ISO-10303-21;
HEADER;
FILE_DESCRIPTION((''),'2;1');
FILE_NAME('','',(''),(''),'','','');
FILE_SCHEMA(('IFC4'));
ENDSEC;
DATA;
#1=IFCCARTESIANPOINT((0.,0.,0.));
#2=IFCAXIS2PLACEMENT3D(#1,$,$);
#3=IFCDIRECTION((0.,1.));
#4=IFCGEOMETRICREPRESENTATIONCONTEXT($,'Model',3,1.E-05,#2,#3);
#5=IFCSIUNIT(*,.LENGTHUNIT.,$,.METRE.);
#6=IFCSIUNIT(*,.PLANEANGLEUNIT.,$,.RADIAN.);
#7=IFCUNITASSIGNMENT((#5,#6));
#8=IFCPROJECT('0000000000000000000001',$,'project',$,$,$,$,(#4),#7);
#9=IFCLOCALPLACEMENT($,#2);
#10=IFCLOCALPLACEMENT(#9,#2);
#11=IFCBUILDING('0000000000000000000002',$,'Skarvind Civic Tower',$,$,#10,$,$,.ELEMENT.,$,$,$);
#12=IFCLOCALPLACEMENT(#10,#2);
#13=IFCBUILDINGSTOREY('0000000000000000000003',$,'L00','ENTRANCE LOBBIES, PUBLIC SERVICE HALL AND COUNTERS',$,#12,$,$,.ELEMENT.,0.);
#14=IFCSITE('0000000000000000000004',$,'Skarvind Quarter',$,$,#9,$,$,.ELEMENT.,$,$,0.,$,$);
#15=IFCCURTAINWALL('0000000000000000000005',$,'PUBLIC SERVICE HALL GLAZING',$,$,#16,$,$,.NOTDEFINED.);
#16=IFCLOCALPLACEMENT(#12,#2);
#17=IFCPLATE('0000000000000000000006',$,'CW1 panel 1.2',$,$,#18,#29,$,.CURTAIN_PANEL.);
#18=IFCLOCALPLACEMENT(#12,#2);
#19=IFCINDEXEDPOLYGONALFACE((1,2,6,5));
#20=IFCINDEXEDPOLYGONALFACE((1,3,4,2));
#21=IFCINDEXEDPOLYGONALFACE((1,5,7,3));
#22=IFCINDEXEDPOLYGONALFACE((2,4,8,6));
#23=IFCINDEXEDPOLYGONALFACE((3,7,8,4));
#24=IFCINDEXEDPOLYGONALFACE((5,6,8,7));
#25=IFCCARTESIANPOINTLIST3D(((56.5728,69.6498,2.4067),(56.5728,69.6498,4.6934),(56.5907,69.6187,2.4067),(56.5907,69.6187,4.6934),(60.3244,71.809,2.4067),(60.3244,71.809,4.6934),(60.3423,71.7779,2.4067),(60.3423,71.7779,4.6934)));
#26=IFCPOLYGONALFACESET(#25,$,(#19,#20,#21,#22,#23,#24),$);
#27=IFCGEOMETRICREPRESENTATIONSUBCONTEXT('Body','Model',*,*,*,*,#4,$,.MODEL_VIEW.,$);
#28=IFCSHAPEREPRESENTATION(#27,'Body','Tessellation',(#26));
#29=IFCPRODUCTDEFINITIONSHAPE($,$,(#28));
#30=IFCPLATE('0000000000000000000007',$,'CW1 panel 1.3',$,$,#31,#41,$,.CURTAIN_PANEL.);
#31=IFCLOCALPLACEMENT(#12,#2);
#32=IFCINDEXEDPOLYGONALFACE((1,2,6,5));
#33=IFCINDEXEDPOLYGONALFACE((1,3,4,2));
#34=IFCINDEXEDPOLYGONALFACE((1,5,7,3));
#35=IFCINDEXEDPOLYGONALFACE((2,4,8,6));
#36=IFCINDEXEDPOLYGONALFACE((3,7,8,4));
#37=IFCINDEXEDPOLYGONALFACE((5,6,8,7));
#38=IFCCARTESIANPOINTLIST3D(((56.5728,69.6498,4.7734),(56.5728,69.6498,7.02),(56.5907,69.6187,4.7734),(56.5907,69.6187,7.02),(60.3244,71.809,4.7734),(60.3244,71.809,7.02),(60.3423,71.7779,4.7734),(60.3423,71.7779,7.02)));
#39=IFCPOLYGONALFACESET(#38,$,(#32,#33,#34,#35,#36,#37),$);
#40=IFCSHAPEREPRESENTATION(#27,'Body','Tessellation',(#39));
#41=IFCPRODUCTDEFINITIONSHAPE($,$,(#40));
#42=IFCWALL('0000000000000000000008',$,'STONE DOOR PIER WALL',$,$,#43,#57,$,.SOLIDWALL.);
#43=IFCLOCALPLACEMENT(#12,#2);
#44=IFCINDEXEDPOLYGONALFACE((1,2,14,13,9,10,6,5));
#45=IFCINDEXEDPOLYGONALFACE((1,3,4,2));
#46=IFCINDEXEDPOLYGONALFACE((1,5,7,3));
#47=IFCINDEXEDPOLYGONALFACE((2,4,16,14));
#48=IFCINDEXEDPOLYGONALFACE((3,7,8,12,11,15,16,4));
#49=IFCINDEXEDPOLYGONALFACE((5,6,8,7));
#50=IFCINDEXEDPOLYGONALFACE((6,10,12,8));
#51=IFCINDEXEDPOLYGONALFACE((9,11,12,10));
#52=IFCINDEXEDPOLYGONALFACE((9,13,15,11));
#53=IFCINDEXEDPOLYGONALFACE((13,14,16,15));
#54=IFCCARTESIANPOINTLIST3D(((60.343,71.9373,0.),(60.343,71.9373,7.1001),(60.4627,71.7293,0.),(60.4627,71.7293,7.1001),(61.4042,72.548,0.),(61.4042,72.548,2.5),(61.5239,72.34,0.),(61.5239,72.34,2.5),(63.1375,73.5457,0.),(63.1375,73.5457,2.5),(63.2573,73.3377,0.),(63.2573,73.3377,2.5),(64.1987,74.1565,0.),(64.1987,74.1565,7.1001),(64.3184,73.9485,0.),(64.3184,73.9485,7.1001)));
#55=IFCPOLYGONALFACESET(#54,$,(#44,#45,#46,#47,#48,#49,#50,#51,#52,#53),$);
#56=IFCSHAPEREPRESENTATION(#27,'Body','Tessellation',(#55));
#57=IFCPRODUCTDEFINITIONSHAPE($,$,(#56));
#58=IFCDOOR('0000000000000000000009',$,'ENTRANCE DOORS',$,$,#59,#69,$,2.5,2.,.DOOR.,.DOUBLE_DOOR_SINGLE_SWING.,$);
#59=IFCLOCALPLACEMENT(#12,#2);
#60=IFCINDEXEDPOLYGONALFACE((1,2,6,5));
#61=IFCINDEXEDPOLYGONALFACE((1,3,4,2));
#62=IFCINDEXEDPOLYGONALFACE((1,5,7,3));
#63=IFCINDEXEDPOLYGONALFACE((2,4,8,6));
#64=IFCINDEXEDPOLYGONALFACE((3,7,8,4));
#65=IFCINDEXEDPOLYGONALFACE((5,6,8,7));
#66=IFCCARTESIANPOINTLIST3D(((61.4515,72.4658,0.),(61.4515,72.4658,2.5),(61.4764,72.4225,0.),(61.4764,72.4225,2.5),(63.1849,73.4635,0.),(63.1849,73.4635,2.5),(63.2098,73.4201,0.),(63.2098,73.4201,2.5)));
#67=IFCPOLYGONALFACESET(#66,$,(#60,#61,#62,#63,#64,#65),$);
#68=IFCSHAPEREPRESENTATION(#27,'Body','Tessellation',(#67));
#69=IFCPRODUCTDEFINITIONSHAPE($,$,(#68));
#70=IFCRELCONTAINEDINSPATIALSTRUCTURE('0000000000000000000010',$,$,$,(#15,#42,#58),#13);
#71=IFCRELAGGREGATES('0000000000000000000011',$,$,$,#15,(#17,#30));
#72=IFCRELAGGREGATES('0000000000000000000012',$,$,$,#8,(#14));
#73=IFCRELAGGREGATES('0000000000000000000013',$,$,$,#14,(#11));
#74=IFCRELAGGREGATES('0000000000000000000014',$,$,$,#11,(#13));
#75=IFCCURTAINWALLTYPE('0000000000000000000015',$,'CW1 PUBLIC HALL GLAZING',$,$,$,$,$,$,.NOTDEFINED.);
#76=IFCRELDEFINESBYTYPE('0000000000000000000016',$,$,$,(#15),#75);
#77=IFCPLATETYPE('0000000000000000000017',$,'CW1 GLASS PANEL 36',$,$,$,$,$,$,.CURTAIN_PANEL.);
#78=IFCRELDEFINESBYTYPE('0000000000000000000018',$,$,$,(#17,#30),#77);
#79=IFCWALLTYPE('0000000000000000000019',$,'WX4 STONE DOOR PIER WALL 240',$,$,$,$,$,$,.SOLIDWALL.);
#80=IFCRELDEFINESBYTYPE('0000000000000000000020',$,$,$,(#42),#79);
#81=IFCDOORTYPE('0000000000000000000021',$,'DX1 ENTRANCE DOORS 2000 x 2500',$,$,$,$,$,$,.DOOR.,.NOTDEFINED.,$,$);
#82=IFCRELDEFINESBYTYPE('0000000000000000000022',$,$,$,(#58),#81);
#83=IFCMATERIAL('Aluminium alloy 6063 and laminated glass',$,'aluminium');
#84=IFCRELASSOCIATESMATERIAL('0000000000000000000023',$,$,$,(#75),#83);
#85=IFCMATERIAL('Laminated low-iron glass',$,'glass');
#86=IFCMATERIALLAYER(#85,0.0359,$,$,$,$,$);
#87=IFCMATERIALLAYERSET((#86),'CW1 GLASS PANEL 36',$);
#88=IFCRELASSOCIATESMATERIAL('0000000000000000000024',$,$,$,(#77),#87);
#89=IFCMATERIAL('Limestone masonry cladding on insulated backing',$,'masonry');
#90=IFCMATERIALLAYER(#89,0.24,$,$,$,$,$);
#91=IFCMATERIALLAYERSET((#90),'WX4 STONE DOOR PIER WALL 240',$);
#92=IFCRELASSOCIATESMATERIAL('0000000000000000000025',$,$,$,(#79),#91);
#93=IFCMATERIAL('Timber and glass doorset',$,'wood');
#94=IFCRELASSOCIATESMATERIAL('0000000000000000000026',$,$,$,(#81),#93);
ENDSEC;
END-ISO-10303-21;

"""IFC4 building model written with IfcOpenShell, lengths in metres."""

from ifc_helpers import new_model, si_unit, direction, frame, frame_2d, origin, origin_2d, place, context, subcontext, project, spatial, rectangle, extrude, material, layer, layer_set, type_object, element, fill, aggregate, save


model = new_model("IFC4")

# Units and contexts
model_context = context("Model", 3, precision=1e-05, world=origin(), true_north=direction((0.0, 1.0)))
body_context = subcontext(model_context, "Body", "Model", "MODEL_VIEW")
ifc_project = project(units=[si_unit("LENGTHUNIT", "METRE"), si_unit("PLANEANGLEUNIT", "RADIAN")], contexts=[model_context])

# Site, building, storey
site_placement = place(None, origin())
site = spatial("IfcSite", under=ifc_project, at=site_placement, Name="Skarvind Quarter", CompositionType="ELEMENT", RefElevation=0.0)
building_placement = place(site_placement, origin())
building = spatial("IfcBuilding", under=site, at=building_placement, Name="Skarvind Civic Tower", CompositionType="ELEMENT")
storey_placement = place(building_placement, origin())
storey = spatial("IfcBuildingStorey", under=building, at=storey_placement, Name="L00", Description="ENTRANCE LOBBIES, PUBLIC SERVICE HALL AND COUNTERS", CompositionType="ELEMENT", Elevation=0.0)

# Curtain wall
ifc_material_1 = material(Name="Aluminium alloy 6063 and laminated glass", Category="aluminium")
curtain_wall_type = type_object("IfcCurtainWallType", Name="CW1 PUBLIC HALL GLAZING", PredefinedType="NOTDEFINED", material=ifc_material_1)
curtain_wall_1_placement = place(storey_placement, origin())
curtain_wall_1 = element("IfcCurtainWall", 1, at=curtain_wall_1_placement, inside=storey, type_object=curtain_wall_type, Name="PUBLIC SERVICE HALL GLAZING", PredefinedType="NOTDEFINED")

# Plates
ifc_material_2 = material(Name="Laminated low-iron glass", Category="glass")
ifc_layer_1 = layer(ifc_material_2, 0.0359)
ifc_layer_set_1 = layer_set([ifc_layer_1], Name="CW1 GLASS PANEL 36")
plate_type = type_object("IfcPlateType", Name="CW1 GLASS PANEL 36", PredefinedType="CURTAIN_PANEL", material=ifc_layer_set_1)
plate_1_placement = place(storey_placement, frame((58.4575, 70.7139, 2.4067), z_axis=(0.0, 0.0, 1.0), x_axis=(-0.8667, -0.49883, 0.0)))
plate_1 = element("IfcPlate", 2, at=plate_1_placement, type_object=plate_type, Name="CW1 panel 1.2", PredefinedType="CURTAIN_PANEL", context=body_context, shape_type="SweptSolid", body=[
    extrude(rectangle(XDim=4.3286, YDim=0.0359, at=origin_2d()), origin(), (0.0, 0.0, 1.0), 2.2866),
])
plate_2_placement = place(storey_placement, frame((58.4575, 70.7139, 4.7734), z_axis=(0.0, 0.0, 1.0), x_axis=(-0.8667, -0.49883, 0.0)))
plate_2 = element("IfcPlate", 3, at=plate_2_placement, type_object=plate_type, Name="CW1 panel 1.3", PredefinedType="CURTAIN_PANEL", context=body_context, shape_type="SweptSolid", body=[
    extrude(rectangle(XDim=4.3286, YDim=0.0359, at=origin_2d()), origin(), (0.0, 0.0, 1.0), 2.2466),
])
aggregate(curtain_wall_1, [plate_1, plate_2])

# Wall, opening, door
ifc_material_3 = material(Name="Limestone masonry cladding on insulated backing", Category="masonry")
ifc_layer_2 = layer(ifc_material_3, 0.24)
ifc_layer_set_2 = layer_set([ifc_layer_2], Name="WX4 STONE DOOR PIER WALL 240")
wall_type = type_object("IfcWallType", Name="WX4 STONE DOOR PIER WALL 240", PredefinedType="SOLIDWALL", material=ifc_layer_set_2)
wall_placement = place(storey_placement, frame((64.2585, 74.0525, 0.0), z_axis=(0.0, 0.0, 1.0), x_axis=(-0.866692, -0.498843, 0.0)))
wall = element("IfcWall", 4, at=wall_placement, inside=storey, type_object=wall_type, Name="STONE DOOR PIER WALL", PredefinedType="SOLIDWALL", context=body_context, shape_type="SweptSolid", body=[
    extrude(rectangle(XDim=4.4487, YDim=0.24, at=frame_2d((2.2244, 0.0))), origin(), (0.0, 0.0, 1.0), 7.1001),
])
opening_placement = place(wall_placement, frame((1.2244, 0.0, 0.0)))
opening = element("IfcOpeningElement", 5, at=opening_placement, cuts=wall, PredefinedType="OPENING", context=body_context, shape_type="SweptSolid", body=[
    extrude(rectangle(XDim=2.0, YDim=2.5, at=frame_2d((1.0, 1.25))), frame((0.0, 0.1299, 0.0), z_axis=(0.0, -1.0, 0.0), x_axis=(1.0, 0.0, 0.0)), (0.0, 0.0, 1.0), 0.26),
])
ifc_material_4 = material(Name="Timber and glass doorset", Category="wood")
door_type = type_object("IfcDoorType", Name="DX1 ENTRANCE DOORS 2000 x 2500", OperationType="NOTDEFINED", PredefinedType="DOOR", material=ifc_material_4)
door_placement = place(opening_placement, origin())
door = element("IfcDoor", 6, at=door_placement, inside=storey, type_object=door_type, Name="ENTRANCE DOORS", OperationType="DOUBLE_DOOR_SINGLE_SWING", OverallHeight=2.5, OverallWidth=2.0, PredefinedType="DOOR", context=body_context, shape_type="SweptSolid", body=[
    extrude(rectangle(XDim=2.0, YDim=2.5, at=frame_2d((1.0, 1.25))), frame((0.0, 0.0249, 0.0), z_axis=(0.0, -1.0, 0.0), x_axis=(1.0, 0.0, 0.0)), (0.0, 0.0, 1.0), 0.05),
])
fill(opening, door)

save(model, "model.ifc")
